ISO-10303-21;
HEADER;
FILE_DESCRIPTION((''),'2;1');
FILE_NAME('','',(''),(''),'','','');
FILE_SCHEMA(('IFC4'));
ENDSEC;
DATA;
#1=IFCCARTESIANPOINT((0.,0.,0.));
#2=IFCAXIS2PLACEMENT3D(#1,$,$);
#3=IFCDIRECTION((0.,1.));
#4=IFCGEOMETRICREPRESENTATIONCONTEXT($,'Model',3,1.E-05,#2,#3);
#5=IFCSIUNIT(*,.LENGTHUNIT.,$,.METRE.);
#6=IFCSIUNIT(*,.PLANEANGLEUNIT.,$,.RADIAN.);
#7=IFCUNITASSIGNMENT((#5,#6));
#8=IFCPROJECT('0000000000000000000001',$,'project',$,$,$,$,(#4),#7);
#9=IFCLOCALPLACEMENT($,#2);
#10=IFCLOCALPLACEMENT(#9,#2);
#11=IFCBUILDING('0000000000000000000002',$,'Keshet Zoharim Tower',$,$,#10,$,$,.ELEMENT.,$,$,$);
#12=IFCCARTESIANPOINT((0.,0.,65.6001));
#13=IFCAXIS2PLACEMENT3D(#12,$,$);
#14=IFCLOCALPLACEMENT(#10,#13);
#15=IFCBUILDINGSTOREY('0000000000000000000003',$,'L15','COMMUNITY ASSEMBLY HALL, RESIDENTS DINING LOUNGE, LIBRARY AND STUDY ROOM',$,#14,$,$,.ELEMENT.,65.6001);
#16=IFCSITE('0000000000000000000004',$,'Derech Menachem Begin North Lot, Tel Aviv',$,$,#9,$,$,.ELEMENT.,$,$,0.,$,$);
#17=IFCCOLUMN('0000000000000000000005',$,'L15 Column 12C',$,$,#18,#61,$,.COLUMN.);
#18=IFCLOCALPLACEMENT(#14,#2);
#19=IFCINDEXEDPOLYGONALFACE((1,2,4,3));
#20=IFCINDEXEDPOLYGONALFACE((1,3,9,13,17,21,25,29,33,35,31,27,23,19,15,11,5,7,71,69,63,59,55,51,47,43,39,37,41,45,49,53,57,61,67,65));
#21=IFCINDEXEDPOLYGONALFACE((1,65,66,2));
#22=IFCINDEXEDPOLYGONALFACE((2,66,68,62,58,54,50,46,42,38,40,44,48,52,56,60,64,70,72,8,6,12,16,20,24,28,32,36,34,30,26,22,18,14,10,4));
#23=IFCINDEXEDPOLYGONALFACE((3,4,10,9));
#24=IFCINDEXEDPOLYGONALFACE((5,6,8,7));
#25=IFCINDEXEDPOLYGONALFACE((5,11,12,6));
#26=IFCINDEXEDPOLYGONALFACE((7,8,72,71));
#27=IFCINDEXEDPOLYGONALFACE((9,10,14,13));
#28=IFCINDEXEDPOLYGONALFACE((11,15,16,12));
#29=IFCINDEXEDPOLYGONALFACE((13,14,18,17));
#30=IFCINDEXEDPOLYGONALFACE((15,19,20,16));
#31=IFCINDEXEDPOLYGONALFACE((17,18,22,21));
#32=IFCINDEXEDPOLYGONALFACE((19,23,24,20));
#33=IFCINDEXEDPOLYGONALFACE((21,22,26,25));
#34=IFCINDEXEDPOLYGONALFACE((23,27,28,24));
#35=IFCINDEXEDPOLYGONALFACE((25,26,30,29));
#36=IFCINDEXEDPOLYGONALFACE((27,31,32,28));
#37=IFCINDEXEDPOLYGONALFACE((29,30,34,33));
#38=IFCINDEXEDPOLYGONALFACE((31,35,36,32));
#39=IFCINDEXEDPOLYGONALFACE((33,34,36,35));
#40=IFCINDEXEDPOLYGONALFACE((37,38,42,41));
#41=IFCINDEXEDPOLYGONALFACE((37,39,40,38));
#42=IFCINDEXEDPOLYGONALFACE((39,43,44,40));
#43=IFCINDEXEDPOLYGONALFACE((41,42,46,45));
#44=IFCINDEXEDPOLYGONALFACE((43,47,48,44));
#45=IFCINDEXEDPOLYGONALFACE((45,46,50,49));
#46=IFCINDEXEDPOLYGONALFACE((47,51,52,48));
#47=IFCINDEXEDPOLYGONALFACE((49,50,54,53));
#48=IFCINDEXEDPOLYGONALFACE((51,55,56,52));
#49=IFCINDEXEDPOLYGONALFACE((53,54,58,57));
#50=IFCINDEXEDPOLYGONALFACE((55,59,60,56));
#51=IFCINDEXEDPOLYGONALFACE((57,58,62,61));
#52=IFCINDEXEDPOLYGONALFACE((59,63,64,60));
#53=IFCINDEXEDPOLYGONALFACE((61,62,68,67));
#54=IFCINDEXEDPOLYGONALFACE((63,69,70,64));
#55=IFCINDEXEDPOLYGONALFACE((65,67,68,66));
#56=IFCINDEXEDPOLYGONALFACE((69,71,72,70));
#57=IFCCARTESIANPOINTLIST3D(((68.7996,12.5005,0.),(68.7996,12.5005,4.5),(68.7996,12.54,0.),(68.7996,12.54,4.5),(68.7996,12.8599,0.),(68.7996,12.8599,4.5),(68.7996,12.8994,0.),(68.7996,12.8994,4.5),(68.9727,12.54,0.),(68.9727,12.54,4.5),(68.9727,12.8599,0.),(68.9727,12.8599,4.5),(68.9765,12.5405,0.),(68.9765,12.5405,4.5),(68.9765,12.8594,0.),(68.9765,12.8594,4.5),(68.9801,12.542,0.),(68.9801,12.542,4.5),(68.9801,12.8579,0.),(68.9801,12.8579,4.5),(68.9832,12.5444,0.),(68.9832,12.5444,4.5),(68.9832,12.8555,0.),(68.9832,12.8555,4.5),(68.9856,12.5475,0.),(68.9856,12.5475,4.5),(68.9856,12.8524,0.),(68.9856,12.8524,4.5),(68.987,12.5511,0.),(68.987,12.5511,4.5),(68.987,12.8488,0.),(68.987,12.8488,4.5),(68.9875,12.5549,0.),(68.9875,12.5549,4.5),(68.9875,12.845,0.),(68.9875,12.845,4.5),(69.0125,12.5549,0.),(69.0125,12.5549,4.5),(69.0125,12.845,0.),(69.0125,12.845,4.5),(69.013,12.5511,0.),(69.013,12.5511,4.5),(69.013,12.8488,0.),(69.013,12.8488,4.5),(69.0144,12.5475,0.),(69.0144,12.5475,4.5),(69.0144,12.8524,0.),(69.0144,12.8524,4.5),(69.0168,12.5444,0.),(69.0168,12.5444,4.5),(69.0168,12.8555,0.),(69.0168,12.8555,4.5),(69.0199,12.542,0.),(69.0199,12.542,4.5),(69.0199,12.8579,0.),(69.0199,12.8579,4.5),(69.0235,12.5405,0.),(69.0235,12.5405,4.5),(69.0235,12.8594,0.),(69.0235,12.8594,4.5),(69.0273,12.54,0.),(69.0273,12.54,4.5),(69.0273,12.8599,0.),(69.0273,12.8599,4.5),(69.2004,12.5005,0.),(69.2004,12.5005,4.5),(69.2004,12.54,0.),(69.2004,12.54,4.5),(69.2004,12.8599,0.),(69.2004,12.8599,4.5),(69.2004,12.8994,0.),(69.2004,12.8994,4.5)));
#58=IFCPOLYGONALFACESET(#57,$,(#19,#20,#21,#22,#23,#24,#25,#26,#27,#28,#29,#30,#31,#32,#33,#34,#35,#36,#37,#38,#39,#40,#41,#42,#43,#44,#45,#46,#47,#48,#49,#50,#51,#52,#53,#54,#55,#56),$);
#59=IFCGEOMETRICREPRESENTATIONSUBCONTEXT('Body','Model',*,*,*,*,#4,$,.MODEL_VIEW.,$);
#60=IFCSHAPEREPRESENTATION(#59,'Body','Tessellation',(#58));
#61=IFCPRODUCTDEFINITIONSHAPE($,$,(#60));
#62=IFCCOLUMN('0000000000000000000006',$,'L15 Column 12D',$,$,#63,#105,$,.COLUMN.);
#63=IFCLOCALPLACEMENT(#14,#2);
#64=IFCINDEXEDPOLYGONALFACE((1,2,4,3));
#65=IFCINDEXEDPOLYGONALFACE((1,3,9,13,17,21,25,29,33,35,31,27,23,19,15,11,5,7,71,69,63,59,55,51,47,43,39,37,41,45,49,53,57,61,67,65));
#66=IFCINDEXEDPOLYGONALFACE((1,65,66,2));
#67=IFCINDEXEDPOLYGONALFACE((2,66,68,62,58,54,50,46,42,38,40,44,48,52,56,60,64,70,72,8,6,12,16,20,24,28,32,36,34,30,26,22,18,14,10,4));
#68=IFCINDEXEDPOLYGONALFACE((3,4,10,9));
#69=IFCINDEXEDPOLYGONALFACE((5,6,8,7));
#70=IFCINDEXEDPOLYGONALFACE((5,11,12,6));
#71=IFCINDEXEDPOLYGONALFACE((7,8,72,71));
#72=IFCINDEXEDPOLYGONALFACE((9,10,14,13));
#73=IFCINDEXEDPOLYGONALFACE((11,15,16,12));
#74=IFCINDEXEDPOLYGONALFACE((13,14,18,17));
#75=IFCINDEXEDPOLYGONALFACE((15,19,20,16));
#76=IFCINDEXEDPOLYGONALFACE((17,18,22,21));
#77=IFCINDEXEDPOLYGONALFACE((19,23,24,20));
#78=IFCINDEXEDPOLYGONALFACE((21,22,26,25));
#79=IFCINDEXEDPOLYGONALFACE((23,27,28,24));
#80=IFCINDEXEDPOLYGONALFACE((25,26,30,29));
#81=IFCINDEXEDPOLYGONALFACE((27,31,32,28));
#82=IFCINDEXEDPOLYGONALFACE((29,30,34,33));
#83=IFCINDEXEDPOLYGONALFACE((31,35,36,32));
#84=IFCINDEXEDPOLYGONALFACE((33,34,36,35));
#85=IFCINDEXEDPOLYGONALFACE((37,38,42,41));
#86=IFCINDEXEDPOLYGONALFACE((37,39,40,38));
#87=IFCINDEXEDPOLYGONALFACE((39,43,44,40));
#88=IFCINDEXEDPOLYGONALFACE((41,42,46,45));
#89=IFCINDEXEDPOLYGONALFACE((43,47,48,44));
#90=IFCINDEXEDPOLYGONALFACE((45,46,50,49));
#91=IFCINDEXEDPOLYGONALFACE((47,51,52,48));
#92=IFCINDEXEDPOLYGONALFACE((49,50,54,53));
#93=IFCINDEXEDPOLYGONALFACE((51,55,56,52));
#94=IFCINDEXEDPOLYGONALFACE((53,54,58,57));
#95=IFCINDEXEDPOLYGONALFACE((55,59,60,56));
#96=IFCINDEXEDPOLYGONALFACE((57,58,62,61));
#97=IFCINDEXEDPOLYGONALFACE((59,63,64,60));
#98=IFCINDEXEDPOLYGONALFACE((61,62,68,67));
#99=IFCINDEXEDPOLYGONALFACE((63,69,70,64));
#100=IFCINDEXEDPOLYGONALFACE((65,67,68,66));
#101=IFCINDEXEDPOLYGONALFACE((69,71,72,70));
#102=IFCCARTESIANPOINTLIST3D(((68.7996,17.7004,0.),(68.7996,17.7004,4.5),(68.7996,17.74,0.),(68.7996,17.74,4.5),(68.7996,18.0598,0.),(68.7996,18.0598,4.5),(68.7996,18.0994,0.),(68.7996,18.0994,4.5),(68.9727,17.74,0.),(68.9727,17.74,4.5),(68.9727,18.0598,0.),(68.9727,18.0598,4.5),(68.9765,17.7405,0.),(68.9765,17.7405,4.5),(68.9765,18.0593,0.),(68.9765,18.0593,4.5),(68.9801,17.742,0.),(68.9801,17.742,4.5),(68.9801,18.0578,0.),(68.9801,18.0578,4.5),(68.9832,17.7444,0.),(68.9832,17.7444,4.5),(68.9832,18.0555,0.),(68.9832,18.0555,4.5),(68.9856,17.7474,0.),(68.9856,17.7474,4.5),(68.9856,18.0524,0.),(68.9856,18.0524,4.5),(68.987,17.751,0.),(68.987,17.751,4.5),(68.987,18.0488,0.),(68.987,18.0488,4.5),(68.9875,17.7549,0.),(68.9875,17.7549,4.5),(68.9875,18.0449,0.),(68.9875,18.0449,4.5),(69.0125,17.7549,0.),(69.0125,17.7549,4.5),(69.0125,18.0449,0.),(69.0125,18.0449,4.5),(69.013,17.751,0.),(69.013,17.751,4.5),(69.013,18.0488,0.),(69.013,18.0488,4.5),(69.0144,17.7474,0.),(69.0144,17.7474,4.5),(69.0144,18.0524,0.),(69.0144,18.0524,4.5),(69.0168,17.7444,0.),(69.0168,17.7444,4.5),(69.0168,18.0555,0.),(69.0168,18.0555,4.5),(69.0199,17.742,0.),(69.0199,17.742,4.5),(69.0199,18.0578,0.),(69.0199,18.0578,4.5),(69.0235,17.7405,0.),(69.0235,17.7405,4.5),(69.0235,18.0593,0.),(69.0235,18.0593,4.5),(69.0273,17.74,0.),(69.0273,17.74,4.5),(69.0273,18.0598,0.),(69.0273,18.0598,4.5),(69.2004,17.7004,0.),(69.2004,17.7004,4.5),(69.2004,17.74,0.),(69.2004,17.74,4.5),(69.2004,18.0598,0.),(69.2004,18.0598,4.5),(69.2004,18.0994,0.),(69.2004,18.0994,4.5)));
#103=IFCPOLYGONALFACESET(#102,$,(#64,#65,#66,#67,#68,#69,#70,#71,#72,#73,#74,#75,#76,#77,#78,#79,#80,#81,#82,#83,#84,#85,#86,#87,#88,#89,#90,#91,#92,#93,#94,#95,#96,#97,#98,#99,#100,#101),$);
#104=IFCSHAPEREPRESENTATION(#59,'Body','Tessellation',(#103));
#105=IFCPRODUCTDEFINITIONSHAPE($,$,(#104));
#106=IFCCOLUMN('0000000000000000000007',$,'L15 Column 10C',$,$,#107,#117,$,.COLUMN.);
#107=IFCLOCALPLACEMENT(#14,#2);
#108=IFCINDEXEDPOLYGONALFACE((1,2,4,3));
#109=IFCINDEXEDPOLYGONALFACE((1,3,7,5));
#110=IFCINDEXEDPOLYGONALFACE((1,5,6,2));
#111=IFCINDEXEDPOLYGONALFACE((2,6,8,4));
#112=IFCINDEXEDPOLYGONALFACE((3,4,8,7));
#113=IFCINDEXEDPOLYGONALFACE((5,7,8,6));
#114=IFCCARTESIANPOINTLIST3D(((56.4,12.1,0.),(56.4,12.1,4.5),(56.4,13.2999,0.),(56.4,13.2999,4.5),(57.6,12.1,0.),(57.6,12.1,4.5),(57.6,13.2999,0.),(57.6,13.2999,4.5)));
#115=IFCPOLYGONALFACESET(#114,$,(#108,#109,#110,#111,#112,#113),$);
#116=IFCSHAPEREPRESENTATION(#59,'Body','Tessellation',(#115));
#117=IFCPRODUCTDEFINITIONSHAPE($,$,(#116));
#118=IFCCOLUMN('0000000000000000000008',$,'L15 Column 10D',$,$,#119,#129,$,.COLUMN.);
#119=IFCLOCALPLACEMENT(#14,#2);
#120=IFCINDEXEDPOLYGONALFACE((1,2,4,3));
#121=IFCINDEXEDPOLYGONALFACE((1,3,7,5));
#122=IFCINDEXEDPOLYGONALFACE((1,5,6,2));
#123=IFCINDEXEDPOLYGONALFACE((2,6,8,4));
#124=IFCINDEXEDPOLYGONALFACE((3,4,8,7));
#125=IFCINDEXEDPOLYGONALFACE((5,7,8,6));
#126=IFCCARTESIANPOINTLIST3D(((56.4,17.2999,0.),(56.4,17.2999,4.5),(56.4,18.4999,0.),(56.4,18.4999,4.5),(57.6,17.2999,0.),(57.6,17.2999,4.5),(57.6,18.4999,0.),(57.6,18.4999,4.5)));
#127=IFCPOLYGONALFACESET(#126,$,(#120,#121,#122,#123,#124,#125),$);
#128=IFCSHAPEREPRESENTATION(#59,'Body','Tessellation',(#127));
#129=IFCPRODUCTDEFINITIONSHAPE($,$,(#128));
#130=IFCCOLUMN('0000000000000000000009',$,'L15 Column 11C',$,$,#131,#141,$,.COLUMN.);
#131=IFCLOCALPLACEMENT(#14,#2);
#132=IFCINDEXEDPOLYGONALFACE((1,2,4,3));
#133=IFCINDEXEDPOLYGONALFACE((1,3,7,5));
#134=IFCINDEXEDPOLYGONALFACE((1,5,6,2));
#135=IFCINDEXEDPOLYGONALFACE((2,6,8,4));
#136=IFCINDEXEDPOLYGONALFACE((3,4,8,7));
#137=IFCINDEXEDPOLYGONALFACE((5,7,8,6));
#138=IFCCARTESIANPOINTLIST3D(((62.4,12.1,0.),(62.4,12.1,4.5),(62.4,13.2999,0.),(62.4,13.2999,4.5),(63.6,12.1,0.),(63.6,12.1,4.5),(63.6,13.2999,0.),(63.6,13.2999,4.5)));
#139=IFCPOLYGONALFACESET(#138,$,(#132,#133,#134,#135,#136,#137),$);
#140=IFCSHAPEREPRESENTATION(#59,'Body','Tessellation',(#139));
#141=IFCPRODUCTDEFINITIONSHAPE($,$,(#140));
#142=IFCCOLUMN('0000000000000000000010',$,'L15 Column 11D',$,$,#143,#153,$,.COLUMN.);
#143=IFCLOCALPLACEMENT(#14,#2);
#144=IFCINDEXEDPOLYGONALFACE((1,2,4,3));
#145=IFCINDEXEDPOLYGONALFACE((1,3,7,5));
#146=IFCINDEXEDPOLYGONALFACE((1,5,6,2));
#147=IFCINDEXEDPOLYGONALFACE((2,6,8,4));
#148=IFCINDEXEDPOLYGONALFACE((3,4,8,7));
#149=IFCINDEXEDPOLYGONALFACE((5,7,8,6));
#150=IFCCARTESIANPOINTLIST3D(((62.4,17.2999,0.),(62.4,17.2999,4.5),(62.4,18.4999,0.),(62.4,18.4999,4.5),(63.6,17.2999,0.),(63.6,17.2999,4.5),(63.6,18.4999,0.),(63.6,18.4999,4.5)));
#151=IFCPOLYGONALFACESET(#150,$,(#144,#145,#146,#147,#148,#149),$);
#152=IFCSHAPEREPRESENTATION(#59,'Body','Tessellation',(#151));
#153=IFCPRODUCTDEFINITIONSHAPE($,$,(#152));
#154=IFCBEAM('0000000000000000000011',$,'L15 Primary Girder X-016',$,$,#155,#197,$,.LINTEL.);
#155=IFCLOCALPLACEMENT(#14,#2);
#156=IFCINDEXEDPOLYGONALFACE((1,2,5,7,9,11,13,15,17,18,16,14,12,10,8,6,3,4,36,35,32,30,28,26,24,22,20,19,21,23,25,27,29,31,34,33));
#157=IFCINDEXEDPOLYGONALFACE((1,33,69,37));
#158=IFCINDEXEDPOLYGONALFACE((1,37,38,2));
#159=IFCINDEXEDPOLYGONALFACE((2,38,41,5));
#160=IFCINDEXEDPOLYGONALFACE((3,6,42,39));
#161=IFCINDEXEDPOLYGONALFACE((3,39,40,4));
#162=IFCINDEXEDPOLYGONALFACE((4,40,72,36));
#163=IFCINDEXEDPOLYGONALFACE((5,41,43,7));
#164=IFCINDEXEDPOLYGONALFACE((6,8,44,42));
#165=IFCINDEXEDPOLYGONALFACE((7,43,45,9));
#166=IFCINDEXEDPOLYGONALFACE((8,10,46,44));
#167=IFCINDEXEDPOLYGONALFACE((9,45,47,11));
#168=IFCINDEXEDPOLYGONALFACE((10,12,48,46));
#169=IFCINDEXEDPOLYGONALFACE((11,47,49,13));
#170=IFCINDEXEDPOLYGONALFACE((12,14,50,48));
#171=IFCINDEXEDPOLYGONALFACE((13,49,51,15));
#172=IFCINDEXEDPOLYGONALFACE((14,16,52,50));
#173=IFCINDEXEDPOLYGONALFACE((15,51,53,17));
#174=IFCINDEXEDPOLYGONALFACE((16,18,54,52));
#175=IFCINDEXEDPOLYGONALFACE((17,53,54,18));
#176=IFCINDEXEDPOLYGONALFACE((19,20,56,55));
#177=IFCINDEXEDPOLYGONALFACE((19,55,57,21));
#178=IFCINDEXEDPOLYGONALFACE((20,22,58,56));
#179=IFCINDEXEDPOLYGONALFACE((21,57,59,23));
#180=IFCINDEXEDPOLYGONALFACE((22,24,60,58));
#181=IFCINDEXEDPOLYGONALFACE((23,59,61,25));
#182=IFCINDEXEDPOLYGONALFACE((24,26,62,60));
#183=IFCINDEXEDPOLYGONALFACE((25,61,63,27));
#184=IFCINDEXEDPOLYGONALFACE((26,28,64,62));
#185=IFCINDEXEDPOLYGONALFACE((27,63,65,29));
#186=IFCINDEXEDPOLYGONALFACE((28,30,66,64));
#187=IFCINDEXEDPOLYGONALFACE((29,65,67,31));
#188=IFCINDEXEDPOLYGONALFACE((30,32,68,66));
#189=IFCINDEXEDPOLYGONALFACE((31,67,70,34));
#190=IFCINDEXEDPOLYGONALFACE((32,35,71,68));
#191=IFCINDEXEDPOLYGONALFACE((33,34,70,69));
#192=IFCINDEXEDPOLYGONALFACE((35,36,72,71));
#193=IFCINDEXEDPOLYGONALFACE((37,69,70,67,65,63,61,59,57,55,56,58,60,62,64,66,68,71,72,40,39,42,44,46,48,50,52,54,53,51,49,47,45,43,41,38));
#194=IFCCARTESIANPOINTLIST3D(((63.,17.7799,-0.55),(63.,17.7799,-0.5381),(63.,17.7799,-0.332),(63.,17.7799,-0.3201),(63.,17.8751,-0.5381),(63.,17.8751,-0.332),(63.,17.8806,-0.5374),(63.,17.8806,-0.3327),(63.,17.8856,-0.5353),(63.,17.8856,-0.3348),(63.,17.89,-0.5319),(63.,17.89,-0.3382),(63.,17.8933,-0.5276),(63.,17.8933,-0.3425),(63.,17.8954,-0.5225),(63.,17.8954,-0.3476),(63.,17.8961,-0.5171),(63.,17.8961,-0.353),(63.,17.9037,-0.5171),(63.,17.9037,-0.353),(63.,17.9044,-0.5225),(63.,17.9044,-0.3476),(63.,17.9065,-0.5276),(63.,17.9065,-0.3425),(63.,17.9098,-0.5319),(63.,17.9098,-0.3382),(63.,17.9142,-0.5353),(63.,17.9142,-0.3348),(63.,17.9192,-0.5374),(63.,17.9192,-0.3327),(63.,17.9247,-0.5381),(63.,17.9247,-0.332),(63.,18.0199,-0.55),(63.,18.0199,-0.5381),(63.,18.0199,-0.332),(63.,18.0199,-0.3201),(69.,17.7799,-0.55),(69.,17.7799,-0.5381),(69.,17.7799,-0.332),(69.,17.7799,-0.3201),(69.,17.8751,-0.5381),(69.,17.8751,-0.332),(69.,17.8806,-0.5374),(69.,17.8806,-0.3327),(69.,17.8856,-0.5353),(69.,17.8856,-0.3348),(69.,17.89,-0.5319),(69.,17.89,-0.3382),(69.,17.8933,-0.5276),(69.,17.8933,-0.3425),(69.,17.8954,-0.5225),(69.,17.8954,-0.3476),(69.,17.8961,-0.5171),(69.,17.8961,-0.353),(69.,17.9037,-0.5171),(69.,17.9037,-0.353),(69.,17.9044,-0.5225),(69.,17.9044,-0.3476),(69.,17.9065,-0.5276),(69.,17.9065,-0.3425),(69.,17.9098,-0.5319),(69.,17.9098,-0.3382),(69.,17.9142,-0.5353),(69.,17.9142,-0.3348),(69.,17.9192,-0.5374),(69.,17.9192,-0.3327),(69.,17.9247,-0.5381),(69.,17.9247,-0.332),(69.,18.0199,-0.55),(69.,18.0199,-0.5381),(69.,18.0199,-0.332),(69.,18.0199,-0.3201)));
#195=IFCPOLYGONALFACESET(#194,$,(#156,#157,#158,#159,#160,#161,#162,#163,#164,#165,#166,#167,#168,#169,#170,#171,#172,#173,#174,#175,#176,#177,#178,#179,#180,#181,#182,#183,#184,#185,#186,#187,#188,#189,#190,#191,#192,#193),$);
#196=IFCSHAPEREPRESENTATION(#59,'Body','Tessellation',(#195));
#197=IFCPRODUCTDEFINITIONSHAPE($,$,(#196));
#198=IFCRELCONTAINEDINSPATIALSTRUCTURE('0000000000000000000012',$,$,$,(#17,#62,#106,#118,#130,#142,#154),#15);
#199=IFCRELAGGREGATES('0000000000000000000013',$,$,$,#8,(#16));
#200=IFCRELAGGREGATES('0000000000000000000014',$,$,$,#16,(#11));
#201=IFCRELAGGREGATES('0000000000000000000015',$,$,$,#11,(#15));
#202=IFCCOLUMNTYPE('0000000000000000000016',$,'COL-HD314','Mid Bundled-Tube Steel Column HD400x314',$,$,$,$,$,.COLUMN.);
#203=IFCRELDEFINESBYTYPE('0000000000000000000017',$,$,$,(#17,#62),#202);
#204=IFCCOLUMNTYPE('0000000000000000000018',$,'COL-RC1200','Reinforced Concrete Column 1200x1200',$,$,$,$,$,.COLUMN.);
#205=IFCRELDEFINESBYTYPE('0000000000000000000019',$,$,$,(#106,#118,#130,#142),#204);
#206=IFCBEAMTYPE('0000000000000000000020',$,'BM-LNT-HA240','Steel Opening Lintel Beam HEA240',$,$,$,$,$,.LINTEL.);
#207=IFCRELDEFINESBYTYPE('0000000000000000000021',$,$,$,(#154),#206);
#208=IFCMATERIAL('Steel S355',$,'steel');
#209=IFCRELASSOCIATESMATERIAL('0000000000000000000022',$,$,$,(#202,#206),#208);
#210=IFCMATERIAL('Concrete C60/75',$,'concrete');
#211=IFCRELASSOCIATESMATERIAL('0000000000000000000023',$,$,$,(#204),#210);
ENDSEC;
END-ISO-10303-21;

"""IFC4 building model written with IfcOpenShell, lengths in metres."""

from ifc_helpers import new_model, si_unit, direction, frame, origin, origin_2d, place, context, subcontext, project, spatial, rectangle, i_section, extrude, material, material_profile, profile_set, type_object, element, save


model = new_model("IFC4")

# Units and contexts
model_context = context("Model", 3, precision=1e-05, world=origin(), true_north=direction((0.0, 1.0)))
body_context = subcontext(model_context, "Body", "Model", "MODEL_VIEW")
ifc_project = project(units=[si_unit("LENGTHUNIT", "METRE"), si_unit("PLANEANGLEUNIT", "RADIAN")], contexts=[model_context])

# Site, building, storey
site_placement = place(None, origin())
site = spatial("IfcSite", under=ifc_project, at=site_placement, Name="Derech Menachem Begin North Lot, Tel Aviv", CompositionType="ELEMENT", RefElevation=0.0)
building_placement = place(site_placement, origin())
building = spatial("IfcBuilding", under=site, at=building_placement, Name="Keshet Zoharim Tower", CompositionType="ELEMENT")
storey_placement = place(building_placement, frame((0.0, 0.0, 65.6001)))
storey = spatial("IfcBuildingStorey", under=building, at=storey_placement, Name="L15", Description="COMMUNITY ASSEMBLY HALL, RESIDENTS DINING LOUNGE, LIBRARY AND STUDY ROOM", CompositionType="ELEMENT", Elevation=65.6001)

# Columns
ifc_material_1 = material(Name="Steel S355", Category="steel")
ifc_material_profile_1 = material_profile(ifc_material_1, i_section(OverallWidth=0.4009, OverallDepth=0.3989, WebThickness=0.0249, FlangeThickness=0.0396, FilletRadius=0.0149, at=origin_2d()), Name="HD400x314")
ifc_profile_set_1 = profile_set([ifc_material_profile_1], Name="Steel S355")
column_type_1 = type_object("IfcColumnType", Name="COL-HD314", Description="Mid Bundled-Tube Steel Column HD400x314", PredefinedType="COLUMN", material=ifc_profile_set_1)
for number, where, z_axis, x_axis, name in (
    (1, (69.0, 12.7, 0.0), (0.0, 0.0, 1.0), (1.0, 0.0, 0.0), "L15 Column 12C"),
    (2, (69.0, 17.8999, 0.0), (0.0, 0.0, 1.0), (1.0, 0.0, 0.0), "L15 Column 12D"),
):
    element("IfcColumn", number, at=place(storey_placement, frame(where, z_axis=z_axis, x_axis=x_axis)), inside=storey, type_object=column_type_1, Name=name, PredefinedType="COLUMN", context=body_context, shape_type="SweptSolid", body=[
        extrude(i_section(OverallWidth=0.4009, OverallDepth=0.3989, WebThickness=0.0249, FlangeThickness=0.0396, FilletRadius=0.0149, at=origin_2d()), origin(), (0.0, 0.0, 1.0), 4.5),
    ])
ifc_material_2 = material(Name="Concrete C60/75", Category="concrete")
ifc_material_profile_2 = material_profile(ifc_material_2, rectangle(XDim=1.2, YDim=1.2, at=origin_2d()), Name="RC1200x1200")
ifc_profile_set_2 = profile_set([ifc_material_profile_2], Name="Concrete C60/75")
column_type_2 = type_object("IfcColumnType", Name="COL-RC1200", Description="Reinforced Concrete Column 1200x1200", PredefinedType="COLUMN", material=ifc_profile_set_2)
for number, where, z_axis, x_axis, name in (
    (3, (57.0, 12.7, 0.0), (0.0, 0.0, 1.0), (1.0, 0.0, 0.0), "L15 Column 10C"),
    (4, (57.0, 17.8999, 0.0), (0.0, 0.0, 1.0), (1.0, 0.0, 0.0), "L15 Column 10D"),
    (5, (63.0, 12.7, 0.0), (0.0, 0.0, 1.0), (1.0, 0.0, 0.0), "L15 Column 11C"),
    (6, (63.0, 17.8999, 0.0), (0.0, 0.0, 1.0), (1.0, 0.0, 0.0), "L15 Column 11D"),
):
    element("IfcColumn", number, at=place(storey_placement, frame(where, z_axis=z_axis, x_axis=x_axis)), inside=storey, type_object=column_type_2, Name=name, PredefinedType="COLUMN", context=body_context, shape_type="SweptSolid", body=[
        extrude(rectangle(XDim=1.2, YDim=1.2, at=origin_2d()), origin(), (0.0, 0.0, 1.0), 4.5),
    ])

# Beam
ifc_material_profile_3 = material_profile(ifc_material_1, i_section(OverallWidth=0.24, OverallDepth=0.23, WebThickness=0.0076, FlangeThickness=0.012, FilletRadius=0.021, at=origin_2d()), Name="HEA240")
ifc_profile_set_3 = profile_set([ifc_material_profile_3], Name="Steel S355")
beam_type_1 = type_object("IfcBeamType", Name="BM-LNT-HA240", Description="Steel Opening Lintel Beam HEA240", PredefinedType="LINTEL", material=ifc_profile_set_3)
beam_1_placement = place(storey_placement, frame((63.0, 17.8999, -0.4351), z_axis=(1.0, 0.0, 0.0), x_axis=(0.0, 1.0, 0.0)))
element("IfcBeam", 7, at=beam_1_placement, inside=storey, type_object=beam_type_1, Name="L15 Primary Girder X-016", PredefinedType="LINTEL", context=body_context, shape_type="SweptSolid", body=[
    extrude(i_section(OverallWidth=0.24, OverallDepth=0.23, WebThickness=0.0076, FlangeThickness=0.012, FilletRadius=0.021, at=origin_2d()), origin(), (0.0, 0.0, 1.0), 6.0),
])

save(model, "model.ifc")
